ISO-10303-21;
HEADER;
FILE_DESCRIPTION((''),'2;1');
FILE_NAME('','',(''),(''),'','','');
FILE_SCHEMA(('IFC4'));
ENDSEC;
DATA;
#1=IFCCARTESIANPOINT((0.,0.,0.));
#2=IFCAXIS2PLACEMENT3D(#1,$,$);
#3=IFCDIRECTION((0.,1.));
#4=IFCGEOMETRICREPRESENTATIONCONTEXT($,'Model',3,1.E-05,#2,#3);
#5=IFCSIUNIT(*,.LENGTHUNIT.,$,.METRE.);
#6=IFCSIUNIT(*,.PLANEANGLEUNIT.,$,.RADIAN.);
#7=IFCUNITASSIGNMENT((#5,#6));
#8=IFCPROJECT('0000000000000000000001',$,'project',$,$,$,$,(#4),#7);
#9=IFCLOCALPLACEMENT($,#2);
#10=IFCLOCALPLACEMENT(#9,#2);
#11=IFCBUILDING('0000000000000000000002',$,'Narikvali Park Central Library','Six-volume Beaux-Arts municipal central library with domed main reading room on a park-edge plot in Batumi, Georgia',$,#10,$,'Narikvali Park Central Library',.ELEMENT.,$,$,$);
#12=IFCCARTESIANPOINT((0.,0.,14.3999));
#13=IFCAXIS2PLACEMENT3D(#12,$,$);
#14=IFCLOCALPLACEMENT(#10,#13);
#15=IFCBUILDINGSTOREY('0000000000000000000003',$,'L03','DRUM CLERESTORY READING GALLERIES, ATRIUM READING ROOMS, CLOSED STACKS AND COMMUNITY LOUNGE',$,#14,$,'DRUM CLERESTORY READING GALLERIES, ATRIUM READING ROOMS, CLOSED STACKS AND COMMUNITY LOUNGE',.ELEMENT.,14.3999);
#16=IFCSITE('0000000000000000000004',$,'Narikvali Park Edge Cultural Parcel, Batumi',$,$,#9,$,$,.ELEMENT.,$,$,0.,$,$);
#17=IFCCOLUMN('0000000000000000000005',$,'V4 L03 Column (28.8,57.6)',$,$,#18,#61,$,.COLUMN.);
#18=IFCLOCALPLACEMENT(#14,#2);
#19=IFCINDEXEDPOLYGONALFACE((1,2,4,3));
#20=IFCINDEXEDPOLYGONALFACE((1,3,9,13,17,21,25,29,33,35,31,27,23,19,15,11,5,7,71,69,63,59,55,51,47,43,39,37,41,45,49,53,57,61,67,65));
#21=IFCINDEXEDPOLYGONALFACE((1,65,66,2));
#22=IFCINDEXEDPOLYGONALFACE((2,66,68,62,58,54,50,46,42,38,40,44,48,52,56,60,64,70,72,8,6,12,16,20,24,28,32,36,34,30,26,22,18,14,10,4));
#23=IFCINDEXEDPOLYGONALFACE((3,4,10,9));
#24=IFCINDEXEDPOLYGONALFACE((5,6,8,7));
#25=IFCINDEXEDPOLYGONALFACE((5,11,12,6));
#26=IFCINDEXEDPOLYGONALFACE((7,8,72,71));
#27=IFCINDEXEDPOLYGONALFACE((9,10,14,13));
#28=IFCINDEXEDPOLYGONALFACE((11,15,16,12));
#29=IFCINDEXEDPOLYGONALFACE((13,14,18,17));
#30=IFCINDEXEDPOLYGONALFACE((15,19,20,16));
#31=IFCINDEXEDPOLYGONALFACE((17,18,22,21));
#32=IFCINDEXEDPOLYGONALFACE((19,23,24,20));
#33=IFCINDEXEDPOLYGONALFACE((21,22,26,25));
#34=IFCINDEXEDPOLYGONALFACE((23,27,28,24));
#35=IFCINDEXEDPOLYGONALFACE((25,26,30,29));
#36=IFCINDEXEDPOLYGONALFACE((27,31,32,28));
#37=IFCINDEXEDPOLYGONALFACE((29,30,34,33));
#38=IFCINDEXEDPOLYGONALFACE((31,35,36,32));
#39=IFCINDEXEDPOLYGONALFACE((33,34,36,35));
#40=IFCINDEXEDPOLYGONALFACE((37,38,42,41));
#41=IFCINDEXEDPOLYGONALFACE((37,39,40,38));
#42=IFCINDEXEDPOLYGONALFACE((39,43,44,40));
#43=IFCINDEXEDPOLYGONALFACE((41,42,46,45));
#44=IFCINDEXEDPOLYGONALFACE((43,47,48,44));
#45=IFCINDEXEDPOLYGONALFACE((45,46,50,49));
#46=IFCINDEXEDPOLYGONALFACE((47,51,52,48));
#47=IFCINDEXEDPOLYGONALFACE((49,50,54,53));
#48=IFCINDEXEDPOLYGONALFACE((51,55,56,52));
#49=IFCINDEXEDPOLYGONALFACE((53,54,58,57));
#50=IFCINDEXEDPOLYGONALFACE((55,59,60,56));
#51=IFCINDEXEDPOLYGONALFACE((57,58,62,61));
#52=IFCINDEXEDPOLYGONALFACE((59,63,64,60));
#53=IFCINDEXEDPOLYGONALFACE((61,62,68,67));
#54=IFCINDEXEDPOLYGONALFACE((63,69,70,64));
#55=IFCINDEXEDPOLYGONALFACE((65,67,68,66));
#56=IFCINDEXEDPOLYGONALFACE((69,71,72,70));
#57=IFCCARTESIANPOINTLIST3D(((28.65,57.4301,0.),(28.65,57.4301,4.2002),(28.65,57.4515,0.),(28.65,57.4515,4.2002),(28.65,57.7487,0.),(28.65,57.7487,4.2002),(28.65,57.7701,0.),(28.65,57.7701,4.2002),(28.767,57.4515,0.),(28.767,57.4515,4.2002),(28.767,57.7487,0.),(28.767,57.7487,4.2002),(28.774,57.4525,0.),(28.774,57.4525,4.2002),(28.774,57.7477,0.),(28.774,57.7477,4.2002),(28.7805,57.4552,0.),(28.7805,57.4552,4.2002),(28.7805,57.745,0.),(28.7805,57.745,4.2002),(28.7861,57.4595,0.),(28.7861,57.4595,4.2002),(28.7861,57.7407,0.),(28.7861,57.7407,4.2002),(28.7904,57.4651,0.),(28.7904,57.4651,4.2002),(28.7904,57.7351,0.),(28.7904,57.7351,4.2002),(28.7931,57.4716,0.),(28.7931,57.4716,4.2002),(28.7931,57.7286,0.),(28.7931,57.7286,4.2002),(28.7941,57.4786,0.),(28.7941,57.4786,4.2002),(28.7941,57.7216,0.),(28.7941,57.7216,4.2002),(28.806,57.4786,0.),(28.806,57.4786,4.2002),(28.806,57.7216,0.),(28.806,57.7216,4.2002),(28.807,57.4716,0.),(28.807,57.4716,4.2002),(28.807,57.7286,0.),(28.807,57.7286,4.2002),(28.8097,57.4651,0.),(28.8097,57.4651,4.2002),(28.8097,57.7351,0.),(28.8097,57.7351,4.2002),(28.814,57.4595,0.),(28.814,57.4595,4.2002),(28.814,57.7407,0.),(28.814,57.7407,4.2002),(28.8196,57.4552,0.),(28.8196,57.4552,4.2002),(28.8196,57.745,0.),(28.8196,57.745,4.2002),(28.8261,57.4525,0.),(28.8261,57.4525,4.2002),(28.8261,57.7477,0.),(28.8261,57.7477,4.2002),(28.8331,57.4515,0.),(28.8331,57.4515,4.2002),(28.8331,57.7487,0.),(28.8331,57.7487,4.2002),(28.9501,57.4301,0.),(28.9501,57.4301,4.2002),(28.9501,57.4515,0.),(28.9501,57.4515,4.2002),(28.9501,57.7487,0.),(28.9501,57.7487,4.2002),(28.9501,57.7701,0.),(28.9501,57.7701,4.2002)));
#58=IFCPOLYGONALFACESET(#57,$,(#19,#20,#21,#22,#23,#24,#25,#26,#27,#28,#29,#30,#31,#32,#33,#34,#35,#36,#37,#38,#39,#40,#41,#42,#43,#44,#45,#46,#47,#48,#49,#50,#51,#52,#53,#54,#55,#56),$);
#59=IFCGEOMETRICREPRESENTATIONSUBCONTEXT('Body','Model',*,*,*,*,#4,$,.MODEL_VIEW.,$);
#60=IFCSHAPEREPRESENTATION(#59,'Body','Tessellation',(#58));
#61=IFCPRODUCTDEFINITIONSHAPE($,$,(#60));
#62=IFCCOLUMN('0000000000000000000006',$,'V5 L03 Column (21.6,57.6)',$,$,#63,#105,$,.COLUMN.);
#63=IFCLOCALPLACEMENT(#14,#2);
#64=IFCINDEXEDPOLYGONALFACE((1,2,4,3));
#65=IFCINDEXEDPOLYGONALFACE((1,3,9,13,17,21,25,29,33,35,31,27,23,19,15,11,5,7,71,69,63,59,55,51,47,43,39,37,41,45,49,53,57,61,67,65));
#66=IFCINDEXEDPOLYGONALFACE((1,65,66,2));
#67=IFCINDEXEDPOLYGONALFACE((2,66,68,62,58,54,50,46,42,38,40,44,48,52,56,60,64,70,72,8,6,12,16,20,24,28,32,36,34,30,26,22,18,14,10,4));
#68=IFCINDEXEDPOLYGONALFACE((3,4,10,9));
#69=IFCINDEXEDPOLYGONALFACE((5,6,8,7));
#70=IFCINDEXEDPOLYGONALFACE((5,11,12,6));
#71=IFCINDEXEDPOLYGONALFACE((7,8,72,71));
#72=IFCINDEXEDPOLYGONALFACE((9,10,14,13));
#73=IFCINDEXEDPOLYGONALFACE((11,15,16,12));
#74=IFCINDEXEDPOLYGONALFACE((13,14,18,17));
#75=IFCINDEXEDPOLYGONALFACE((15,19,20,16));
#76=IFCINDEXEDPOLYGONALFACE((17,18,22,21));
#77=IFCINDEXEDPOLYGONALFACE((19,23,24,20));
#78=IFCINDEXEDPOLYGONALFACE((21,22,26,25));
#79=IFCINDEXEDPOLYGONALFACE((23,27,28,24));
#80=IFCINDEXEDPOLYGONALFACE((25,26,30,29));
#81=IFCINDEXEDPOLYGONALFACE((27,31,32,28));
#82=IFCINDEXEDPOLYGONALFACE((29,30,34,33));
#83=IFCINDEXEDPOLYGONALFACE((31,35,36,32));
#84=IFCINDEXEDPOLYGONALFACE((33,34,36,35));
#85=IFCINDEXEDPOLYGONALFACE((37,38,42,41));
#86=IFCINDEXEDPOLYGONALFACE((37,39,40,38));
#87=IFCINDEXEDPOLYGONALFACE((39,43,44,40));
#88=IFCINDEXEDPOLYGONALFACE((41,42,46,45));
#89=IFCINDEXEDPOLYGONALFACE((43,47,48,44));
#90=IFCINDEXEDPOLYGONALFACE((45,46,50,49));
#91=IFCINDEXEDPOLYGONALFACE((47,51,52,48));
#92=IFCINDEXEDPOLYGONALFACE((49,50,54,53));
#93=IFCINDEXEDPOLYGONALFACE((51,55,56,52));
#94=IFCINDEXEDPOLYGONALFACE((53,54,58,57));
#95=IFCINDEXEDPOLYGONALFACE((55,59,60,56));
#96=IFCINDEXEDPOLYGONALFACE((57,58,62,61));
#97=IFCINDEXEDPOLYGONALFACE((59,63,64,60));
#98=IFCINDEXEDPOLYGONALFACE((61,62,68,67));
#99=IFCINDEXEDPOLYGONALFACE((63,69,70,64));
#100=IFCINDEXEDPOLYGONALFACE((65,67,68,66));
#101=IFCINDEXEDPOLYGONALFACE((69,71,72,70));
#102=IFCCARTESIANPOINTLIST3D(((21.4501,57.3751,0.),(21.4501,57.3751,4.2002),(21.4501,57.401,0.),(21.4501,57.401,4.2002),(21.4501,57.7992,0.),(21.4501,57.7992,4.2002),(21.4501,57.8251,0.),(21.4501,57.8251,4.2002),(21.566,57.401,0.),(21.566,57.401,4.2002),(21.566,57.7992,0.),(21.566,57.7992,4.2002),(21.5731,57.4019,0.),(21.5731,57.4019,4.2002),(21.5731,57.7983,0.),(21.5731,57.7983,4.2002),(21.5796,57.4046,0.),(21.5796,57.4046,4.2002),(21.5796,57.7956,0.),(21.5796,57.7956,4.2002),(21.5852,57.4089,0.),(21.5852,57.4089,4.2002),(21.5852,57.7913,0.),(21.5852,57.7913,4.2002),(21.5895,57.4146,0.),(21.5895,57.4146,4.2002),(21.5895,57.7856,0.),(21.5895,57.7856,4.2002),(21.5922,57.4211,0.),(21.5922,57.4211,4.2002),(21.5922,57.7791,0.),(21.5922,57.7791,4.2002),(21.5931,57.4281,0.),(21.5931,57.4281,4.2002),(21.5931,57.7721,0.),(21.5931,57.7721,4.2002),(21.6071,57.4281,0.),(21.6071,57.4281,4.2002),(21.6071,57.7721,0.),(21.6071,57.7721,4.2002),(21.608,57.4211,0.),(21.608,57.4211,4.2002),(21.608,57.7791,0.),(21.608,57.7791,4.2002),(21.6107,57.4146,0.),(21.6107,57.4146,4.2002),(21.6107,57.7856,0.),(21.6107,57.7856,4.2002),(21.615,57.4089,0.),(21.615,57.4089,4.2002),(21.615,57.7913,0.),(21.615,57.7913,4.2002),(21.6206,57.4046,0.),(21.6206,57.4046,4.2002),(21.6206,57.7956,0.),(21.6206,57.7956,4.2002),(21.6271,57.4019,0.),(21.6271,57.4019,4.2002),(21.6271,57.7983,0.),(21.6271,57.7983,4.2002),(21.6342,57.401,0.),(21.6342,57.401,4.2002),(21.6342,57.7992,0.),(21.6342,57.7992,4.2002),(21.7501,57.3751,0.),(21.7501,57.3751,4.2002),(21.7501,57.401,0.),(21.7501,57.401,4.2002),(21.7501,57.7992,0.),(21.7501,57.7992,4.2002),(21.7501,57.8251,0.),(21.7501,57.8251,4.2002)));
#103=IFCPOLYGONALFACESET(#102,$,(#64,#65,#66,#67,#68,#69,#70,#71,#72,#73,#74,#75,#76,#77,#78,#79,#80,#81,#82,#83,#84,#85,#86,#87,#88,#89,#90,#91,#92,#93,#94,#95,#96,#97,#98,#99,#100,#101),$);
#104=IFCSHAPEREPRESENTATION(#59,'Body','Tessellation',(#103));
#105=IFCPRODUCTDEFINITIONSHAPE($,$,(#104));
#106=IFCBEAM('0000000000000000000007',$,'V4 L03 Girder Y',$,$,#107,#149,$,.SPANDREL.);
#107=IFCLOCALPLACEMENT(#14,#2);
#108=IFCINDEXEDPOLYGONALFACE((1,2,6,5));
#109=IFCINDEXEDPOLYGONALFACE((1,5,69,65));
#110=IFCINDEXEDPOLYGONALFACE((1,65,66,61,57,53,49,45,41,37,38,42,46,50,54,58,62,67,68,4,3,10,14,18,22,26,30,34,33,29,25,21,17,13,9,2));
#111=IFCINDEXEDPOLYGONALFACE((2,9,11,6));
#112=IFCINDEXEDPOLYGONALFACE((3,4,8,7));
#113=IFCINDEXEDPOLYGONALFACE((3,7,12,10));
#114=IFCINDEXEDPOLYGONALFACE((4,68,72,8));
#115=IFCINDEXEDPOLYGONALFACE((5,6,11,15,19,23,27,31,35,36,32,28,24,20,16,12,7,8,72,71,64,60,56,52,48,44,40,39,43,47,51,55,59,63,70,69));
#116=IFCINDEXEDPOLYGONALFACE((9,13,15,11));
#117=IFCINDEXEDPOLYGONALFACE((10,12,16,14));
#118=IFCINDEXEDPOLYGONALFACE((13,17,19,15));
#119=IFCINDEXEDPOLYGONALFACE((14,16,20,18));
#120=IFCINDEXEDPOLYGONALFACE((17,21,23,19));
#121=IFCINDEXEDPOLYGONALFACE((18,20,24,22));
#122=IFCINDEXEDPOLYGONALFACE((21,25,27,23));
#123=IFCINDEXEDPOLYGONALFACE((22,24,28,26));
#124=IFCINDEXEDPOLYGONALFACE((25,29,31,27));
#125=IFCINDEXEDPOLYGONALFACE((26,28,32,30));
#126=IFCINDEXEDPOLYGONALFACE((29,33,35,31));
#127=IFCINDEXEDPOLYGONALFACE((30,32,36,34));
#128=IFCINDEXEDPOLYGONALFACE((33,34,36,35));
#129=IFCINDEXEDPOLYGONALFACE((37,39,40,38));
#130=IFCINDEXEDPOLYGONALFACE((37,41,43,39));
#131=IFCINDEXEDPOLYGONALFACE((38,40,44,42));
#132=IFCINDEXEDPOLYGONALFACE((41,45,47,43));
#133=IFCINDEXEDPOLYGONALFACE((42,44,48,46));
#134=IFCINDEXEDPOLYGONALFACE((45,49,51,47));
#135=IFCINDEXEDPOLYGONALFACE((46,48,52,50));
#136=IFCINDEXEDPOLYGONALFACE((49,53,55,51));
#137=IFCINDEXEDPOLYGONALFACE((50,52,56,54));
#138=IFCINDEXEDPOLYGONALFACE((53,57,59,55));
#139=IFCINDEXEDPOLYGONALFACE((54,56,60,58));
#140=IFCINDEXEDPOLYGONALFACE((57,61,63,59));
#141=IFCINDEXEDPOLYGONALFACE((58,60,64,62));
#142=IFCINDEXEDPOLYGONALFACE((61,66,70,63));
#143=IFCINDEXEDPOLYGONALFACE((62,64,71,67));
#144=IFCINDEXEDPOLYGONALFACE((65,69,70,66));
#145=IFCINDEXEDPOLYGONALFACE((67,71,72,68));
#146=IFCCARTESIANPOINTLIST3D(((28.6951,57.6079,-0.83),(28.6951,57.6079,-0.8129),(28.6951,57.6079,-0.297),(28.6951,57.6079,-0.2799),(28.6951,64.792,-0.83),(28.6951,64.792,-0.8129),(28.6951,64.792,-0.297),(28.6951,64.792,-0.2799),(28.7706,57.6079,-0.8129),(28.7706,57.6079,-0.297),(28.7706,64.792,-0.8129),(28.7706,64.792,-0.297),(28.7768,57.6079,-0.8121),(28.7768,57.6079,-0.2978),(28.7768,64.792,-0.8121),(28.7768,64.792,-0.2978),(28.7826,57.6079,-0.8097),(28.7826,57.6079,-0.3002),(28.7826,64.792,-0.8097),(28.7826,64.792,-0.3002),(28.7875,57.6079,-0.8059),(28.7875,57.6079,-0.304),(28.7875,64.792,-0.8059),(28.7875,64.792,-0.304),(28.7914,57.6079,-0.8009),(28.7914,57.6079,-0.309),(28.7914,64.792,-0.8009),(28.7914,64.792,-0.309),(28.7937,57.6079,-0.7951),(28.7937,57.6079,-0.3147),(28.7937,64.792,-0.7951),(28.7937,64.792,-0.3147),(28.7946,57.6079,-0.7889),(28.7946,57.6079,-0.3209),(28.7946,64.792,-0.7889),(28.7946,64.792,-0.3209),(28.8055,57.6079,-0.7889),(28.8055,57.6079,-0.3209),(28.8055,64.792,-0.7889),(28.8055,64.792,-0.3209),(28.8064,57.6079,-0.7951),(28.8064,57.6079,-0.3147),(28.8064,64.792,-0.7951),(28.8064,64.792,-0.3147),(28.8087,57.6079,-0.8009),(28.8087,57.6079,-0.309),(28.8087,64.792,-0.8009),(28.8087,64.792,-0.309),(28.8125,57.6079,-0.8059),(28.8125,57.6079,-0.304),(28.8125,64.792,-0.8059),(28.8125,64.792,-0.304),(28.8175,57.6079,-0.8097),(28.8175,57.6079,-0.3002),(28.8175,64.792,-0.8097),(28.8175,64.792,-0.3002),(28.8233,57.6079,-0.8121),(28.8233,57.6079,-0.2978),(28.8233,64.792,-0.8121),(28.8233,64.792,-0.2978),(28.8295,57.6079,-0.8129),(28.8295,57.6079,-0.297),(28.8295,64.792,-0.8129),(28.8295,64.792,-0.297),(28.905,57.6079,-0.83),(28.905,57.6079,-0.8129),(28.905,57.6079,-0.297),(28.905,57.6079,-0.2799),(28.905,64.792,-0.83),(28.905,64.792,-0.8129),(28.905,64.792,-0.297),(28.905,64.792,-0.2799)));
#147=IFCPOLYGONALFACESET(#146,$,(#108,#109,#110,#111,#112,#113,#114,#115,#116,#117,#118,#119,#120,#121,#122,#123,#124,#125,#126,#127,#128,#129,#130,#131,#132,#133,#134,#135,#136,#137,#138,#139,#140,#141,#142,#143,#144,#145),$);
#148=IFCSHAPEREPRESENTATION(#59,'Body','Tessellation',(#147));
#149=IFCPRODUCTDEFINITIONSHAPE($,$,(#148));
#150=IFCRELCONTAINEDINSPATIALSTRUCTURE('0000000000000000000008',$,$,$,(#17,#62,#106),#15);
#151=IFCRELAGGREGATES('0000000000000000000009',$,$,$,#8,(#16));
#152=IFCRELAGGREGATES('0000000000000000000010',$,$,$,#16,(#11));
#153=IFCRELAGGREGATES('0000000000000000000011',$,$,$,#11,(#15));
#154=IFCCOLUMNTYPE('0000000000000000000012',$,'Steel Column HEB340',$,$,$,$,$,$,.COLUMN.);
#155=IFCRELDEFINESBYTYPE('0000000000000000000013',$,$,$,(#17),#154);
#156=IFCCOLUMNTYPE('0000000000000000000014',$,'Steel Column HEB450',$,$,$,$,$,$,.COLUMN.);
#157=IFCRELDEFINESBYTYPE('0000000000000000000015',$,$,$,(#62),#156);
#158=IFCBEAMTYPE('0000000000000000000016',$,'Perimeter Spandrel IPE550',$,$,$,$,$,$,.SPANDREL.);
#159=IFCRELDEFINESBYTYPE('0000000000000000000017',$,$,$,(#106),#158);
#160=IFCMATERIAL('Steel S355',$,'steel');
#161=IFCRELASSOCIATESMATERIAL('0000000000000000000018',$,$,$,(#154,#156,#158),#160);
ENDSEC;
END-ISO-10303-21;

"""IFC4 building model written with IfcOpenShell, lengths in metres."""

from ifc_helpers import new_model, si_unit, direction, frame, origin, origin_2d, place, context, subcontext, project, spatial, i_section, extrude, material, material_profile, profile_set, type_object, element, save


model = new_model("IFC4")

# Units and contexts
model_context = context("Model", 3, precision=1e-05, world=origin(), true_north=direction((0.0, 1.0)))
body_context = subcontext(model_context, "Body", "Model", "MODEL_VIEW")
ifc_project = project(units=[si_unit("LENGTHUNIT", "METRE"), si_unit("PLANEANGLEUNIT", "RADIAN")], contexts=[model_context])

# Site, building, storey
site_placement = place(None, origin())
site = spatial("IfcSite", under=ifc_project, at=site_placement, Name="Narikvali Park Edge Cultural Parcel, Batumi", CompositionType="ELEMENT", RefElevation=0.0)
building_placement = place(site_placement, origin())
building = spatial("IfcBuilding", under=site, at=building_placement, Name="Narikvali Park Central Library", Description="Six-volume Beaux-Arts municipal central library with domed main reading room on a park-edge plot in Batumi, Georgia", LongName="Narikvali Park Central Library", CompositionType="ELEMENT")
storey_placement = place(building_placement, frame((0.0, 0.0, 14.3999)))
storey = spatial("IfcBuildingStorey", under=building, at=storey_placement, Name="L03", Description="DRUM CLERESTORY READING GALLERIES, ATRIUM READING ROOMS, CLOSED STACKS AND COMMUNITY LOUNGE", LongName="DRUM CLERESTORY READING GALLERIES, ATRIUM READING ROOMS, CLOSED STACKS AND COMMUNITY LOUNGE", CompositionType="ELEMENT", Elevation=14.3999)

# Columns
ifc_material_1 = material(Name="Steel S355", Category="steel")
ifc_material_profile_1 = material_profile(ifc_material_1, i_section(OverallWidth=0.3, OverallDepth=0.3401, WebThickness=0.012, FlangeThickness=0.0215, FilletRadius=0.0271, at=origin_2d()), Name="HEB 340")
ifc_profile_set_1 = profile_set([ifc_material_profile_1], Name="Steel S355")
column_type_1 = type_object("IfcColumnType", Name="Steel Column HEB340", PredefinedType="COLUMN", material=ifc_profile_set_1)
column_1_placement = place(storey_placement, frame((28.8, 57.6001, 0.0), z_axis=(0.0, 0.0, 1.0), x_axis=(1.0, 0.0, 0.0)))
element("IfcColumn", 1, at=column_1_placement, inside=storey, type_object=column_type_1, Name="V4 L03 Column (28.8,57.6)", PredefinedType="COLUMN", context=body_context, shape_type="SweptSolid", body=[
    extrude(i_section(OverallWidth=0.3, OverallDepth=0.3401, WebThickness=0.012, FlangeThickness=0.0215, FilletRadius=0.0271, at=origin_2d()), origin(), (0.0, 0.0, 1.0), 4.2002),
])
ifc_material_profile_2 = material_profile(ifc_material_1, i_section(OverallWidth=0.3, OverallDepth=0.45, WebThickness=0.0139, FlangeThickness=0.0259, FilletRadius=0.0271, at=origin_2d()), Name="HEB 450")
ifc_profile_set_2 = profile_set([ifc_material_profile_2], Name="Steel S355")
column_type_2 = type_object("IfcColumnType", Name="Steel Column HEB450", PredefinedType="COLUMN", material=ifc_profile_set_2)
column_2_placement = place(storey_placement, frame((21.6001, 57.6001, 0.0), z_axis=(0.0, 0.0, 1.0), x_axis=(1.0, 0.0, 0.0)))
element("IfcColumn", 2, at=column_2_placement, inside=storey, type_object=column_type_2, Name="V5 L03 Column (21.6,57.6)", PredefinedType="COLUMN", context=body_context, shape_type="SweptSolid", body=[
    extrude(i_section(OverallWidth=0.3, OverallDepth=0.45, WebThickness=0.0139, FlangeThickness=0.0259, FilletRadius=0.0271, at=origin_2d()), origin(), (0.0, 0.0, 1.0), 4.2002),
])

# Beam
ifc_material_profile_3 = material_profile(ifc_material_1, i_section(OverallWidth=0.21, OverallDepth=0.55, WebThickness=0.011, FlangeThickness=0.0171, FilletRadius=0.0239, at=origin_2d()), Name="IPE 550")
ifc_profile_set_3 = profile_set([ifc_material_profile_3], Name="Steel S355")
beam_type_1 = type_object("IfcBeamType", Name="Perimeter Spandrel IPE550", PredefinedType="SPANDREL", material=ifc_profile_set_3)
beam_1_placement = place(storey_placement, frame((28.8, 57.6079, -0.5549), z_axis=(0.0, 1.0, 0.0), x_axis=(-1.0, 0.0, 0.0)))
element("IfcBeam", 3, at=beam_1_placement, inside=storey, type_object=beam_type_1, Name="V4 L03 Girder Y", PredefinedType="SPANDREL", context=body_context, shape_type="SweptSolid", body=[
    extrude(i_section(OverallWidth=0.21, OverallDepth=0.55, WebThickness=0.011, FlangeThickness=0.0171, FilletRadius=0.0239, at=origin_2d()), origin(), (0.0, 0.0, 1.0), 7.1841),
])

save(model, "model.ifc")
